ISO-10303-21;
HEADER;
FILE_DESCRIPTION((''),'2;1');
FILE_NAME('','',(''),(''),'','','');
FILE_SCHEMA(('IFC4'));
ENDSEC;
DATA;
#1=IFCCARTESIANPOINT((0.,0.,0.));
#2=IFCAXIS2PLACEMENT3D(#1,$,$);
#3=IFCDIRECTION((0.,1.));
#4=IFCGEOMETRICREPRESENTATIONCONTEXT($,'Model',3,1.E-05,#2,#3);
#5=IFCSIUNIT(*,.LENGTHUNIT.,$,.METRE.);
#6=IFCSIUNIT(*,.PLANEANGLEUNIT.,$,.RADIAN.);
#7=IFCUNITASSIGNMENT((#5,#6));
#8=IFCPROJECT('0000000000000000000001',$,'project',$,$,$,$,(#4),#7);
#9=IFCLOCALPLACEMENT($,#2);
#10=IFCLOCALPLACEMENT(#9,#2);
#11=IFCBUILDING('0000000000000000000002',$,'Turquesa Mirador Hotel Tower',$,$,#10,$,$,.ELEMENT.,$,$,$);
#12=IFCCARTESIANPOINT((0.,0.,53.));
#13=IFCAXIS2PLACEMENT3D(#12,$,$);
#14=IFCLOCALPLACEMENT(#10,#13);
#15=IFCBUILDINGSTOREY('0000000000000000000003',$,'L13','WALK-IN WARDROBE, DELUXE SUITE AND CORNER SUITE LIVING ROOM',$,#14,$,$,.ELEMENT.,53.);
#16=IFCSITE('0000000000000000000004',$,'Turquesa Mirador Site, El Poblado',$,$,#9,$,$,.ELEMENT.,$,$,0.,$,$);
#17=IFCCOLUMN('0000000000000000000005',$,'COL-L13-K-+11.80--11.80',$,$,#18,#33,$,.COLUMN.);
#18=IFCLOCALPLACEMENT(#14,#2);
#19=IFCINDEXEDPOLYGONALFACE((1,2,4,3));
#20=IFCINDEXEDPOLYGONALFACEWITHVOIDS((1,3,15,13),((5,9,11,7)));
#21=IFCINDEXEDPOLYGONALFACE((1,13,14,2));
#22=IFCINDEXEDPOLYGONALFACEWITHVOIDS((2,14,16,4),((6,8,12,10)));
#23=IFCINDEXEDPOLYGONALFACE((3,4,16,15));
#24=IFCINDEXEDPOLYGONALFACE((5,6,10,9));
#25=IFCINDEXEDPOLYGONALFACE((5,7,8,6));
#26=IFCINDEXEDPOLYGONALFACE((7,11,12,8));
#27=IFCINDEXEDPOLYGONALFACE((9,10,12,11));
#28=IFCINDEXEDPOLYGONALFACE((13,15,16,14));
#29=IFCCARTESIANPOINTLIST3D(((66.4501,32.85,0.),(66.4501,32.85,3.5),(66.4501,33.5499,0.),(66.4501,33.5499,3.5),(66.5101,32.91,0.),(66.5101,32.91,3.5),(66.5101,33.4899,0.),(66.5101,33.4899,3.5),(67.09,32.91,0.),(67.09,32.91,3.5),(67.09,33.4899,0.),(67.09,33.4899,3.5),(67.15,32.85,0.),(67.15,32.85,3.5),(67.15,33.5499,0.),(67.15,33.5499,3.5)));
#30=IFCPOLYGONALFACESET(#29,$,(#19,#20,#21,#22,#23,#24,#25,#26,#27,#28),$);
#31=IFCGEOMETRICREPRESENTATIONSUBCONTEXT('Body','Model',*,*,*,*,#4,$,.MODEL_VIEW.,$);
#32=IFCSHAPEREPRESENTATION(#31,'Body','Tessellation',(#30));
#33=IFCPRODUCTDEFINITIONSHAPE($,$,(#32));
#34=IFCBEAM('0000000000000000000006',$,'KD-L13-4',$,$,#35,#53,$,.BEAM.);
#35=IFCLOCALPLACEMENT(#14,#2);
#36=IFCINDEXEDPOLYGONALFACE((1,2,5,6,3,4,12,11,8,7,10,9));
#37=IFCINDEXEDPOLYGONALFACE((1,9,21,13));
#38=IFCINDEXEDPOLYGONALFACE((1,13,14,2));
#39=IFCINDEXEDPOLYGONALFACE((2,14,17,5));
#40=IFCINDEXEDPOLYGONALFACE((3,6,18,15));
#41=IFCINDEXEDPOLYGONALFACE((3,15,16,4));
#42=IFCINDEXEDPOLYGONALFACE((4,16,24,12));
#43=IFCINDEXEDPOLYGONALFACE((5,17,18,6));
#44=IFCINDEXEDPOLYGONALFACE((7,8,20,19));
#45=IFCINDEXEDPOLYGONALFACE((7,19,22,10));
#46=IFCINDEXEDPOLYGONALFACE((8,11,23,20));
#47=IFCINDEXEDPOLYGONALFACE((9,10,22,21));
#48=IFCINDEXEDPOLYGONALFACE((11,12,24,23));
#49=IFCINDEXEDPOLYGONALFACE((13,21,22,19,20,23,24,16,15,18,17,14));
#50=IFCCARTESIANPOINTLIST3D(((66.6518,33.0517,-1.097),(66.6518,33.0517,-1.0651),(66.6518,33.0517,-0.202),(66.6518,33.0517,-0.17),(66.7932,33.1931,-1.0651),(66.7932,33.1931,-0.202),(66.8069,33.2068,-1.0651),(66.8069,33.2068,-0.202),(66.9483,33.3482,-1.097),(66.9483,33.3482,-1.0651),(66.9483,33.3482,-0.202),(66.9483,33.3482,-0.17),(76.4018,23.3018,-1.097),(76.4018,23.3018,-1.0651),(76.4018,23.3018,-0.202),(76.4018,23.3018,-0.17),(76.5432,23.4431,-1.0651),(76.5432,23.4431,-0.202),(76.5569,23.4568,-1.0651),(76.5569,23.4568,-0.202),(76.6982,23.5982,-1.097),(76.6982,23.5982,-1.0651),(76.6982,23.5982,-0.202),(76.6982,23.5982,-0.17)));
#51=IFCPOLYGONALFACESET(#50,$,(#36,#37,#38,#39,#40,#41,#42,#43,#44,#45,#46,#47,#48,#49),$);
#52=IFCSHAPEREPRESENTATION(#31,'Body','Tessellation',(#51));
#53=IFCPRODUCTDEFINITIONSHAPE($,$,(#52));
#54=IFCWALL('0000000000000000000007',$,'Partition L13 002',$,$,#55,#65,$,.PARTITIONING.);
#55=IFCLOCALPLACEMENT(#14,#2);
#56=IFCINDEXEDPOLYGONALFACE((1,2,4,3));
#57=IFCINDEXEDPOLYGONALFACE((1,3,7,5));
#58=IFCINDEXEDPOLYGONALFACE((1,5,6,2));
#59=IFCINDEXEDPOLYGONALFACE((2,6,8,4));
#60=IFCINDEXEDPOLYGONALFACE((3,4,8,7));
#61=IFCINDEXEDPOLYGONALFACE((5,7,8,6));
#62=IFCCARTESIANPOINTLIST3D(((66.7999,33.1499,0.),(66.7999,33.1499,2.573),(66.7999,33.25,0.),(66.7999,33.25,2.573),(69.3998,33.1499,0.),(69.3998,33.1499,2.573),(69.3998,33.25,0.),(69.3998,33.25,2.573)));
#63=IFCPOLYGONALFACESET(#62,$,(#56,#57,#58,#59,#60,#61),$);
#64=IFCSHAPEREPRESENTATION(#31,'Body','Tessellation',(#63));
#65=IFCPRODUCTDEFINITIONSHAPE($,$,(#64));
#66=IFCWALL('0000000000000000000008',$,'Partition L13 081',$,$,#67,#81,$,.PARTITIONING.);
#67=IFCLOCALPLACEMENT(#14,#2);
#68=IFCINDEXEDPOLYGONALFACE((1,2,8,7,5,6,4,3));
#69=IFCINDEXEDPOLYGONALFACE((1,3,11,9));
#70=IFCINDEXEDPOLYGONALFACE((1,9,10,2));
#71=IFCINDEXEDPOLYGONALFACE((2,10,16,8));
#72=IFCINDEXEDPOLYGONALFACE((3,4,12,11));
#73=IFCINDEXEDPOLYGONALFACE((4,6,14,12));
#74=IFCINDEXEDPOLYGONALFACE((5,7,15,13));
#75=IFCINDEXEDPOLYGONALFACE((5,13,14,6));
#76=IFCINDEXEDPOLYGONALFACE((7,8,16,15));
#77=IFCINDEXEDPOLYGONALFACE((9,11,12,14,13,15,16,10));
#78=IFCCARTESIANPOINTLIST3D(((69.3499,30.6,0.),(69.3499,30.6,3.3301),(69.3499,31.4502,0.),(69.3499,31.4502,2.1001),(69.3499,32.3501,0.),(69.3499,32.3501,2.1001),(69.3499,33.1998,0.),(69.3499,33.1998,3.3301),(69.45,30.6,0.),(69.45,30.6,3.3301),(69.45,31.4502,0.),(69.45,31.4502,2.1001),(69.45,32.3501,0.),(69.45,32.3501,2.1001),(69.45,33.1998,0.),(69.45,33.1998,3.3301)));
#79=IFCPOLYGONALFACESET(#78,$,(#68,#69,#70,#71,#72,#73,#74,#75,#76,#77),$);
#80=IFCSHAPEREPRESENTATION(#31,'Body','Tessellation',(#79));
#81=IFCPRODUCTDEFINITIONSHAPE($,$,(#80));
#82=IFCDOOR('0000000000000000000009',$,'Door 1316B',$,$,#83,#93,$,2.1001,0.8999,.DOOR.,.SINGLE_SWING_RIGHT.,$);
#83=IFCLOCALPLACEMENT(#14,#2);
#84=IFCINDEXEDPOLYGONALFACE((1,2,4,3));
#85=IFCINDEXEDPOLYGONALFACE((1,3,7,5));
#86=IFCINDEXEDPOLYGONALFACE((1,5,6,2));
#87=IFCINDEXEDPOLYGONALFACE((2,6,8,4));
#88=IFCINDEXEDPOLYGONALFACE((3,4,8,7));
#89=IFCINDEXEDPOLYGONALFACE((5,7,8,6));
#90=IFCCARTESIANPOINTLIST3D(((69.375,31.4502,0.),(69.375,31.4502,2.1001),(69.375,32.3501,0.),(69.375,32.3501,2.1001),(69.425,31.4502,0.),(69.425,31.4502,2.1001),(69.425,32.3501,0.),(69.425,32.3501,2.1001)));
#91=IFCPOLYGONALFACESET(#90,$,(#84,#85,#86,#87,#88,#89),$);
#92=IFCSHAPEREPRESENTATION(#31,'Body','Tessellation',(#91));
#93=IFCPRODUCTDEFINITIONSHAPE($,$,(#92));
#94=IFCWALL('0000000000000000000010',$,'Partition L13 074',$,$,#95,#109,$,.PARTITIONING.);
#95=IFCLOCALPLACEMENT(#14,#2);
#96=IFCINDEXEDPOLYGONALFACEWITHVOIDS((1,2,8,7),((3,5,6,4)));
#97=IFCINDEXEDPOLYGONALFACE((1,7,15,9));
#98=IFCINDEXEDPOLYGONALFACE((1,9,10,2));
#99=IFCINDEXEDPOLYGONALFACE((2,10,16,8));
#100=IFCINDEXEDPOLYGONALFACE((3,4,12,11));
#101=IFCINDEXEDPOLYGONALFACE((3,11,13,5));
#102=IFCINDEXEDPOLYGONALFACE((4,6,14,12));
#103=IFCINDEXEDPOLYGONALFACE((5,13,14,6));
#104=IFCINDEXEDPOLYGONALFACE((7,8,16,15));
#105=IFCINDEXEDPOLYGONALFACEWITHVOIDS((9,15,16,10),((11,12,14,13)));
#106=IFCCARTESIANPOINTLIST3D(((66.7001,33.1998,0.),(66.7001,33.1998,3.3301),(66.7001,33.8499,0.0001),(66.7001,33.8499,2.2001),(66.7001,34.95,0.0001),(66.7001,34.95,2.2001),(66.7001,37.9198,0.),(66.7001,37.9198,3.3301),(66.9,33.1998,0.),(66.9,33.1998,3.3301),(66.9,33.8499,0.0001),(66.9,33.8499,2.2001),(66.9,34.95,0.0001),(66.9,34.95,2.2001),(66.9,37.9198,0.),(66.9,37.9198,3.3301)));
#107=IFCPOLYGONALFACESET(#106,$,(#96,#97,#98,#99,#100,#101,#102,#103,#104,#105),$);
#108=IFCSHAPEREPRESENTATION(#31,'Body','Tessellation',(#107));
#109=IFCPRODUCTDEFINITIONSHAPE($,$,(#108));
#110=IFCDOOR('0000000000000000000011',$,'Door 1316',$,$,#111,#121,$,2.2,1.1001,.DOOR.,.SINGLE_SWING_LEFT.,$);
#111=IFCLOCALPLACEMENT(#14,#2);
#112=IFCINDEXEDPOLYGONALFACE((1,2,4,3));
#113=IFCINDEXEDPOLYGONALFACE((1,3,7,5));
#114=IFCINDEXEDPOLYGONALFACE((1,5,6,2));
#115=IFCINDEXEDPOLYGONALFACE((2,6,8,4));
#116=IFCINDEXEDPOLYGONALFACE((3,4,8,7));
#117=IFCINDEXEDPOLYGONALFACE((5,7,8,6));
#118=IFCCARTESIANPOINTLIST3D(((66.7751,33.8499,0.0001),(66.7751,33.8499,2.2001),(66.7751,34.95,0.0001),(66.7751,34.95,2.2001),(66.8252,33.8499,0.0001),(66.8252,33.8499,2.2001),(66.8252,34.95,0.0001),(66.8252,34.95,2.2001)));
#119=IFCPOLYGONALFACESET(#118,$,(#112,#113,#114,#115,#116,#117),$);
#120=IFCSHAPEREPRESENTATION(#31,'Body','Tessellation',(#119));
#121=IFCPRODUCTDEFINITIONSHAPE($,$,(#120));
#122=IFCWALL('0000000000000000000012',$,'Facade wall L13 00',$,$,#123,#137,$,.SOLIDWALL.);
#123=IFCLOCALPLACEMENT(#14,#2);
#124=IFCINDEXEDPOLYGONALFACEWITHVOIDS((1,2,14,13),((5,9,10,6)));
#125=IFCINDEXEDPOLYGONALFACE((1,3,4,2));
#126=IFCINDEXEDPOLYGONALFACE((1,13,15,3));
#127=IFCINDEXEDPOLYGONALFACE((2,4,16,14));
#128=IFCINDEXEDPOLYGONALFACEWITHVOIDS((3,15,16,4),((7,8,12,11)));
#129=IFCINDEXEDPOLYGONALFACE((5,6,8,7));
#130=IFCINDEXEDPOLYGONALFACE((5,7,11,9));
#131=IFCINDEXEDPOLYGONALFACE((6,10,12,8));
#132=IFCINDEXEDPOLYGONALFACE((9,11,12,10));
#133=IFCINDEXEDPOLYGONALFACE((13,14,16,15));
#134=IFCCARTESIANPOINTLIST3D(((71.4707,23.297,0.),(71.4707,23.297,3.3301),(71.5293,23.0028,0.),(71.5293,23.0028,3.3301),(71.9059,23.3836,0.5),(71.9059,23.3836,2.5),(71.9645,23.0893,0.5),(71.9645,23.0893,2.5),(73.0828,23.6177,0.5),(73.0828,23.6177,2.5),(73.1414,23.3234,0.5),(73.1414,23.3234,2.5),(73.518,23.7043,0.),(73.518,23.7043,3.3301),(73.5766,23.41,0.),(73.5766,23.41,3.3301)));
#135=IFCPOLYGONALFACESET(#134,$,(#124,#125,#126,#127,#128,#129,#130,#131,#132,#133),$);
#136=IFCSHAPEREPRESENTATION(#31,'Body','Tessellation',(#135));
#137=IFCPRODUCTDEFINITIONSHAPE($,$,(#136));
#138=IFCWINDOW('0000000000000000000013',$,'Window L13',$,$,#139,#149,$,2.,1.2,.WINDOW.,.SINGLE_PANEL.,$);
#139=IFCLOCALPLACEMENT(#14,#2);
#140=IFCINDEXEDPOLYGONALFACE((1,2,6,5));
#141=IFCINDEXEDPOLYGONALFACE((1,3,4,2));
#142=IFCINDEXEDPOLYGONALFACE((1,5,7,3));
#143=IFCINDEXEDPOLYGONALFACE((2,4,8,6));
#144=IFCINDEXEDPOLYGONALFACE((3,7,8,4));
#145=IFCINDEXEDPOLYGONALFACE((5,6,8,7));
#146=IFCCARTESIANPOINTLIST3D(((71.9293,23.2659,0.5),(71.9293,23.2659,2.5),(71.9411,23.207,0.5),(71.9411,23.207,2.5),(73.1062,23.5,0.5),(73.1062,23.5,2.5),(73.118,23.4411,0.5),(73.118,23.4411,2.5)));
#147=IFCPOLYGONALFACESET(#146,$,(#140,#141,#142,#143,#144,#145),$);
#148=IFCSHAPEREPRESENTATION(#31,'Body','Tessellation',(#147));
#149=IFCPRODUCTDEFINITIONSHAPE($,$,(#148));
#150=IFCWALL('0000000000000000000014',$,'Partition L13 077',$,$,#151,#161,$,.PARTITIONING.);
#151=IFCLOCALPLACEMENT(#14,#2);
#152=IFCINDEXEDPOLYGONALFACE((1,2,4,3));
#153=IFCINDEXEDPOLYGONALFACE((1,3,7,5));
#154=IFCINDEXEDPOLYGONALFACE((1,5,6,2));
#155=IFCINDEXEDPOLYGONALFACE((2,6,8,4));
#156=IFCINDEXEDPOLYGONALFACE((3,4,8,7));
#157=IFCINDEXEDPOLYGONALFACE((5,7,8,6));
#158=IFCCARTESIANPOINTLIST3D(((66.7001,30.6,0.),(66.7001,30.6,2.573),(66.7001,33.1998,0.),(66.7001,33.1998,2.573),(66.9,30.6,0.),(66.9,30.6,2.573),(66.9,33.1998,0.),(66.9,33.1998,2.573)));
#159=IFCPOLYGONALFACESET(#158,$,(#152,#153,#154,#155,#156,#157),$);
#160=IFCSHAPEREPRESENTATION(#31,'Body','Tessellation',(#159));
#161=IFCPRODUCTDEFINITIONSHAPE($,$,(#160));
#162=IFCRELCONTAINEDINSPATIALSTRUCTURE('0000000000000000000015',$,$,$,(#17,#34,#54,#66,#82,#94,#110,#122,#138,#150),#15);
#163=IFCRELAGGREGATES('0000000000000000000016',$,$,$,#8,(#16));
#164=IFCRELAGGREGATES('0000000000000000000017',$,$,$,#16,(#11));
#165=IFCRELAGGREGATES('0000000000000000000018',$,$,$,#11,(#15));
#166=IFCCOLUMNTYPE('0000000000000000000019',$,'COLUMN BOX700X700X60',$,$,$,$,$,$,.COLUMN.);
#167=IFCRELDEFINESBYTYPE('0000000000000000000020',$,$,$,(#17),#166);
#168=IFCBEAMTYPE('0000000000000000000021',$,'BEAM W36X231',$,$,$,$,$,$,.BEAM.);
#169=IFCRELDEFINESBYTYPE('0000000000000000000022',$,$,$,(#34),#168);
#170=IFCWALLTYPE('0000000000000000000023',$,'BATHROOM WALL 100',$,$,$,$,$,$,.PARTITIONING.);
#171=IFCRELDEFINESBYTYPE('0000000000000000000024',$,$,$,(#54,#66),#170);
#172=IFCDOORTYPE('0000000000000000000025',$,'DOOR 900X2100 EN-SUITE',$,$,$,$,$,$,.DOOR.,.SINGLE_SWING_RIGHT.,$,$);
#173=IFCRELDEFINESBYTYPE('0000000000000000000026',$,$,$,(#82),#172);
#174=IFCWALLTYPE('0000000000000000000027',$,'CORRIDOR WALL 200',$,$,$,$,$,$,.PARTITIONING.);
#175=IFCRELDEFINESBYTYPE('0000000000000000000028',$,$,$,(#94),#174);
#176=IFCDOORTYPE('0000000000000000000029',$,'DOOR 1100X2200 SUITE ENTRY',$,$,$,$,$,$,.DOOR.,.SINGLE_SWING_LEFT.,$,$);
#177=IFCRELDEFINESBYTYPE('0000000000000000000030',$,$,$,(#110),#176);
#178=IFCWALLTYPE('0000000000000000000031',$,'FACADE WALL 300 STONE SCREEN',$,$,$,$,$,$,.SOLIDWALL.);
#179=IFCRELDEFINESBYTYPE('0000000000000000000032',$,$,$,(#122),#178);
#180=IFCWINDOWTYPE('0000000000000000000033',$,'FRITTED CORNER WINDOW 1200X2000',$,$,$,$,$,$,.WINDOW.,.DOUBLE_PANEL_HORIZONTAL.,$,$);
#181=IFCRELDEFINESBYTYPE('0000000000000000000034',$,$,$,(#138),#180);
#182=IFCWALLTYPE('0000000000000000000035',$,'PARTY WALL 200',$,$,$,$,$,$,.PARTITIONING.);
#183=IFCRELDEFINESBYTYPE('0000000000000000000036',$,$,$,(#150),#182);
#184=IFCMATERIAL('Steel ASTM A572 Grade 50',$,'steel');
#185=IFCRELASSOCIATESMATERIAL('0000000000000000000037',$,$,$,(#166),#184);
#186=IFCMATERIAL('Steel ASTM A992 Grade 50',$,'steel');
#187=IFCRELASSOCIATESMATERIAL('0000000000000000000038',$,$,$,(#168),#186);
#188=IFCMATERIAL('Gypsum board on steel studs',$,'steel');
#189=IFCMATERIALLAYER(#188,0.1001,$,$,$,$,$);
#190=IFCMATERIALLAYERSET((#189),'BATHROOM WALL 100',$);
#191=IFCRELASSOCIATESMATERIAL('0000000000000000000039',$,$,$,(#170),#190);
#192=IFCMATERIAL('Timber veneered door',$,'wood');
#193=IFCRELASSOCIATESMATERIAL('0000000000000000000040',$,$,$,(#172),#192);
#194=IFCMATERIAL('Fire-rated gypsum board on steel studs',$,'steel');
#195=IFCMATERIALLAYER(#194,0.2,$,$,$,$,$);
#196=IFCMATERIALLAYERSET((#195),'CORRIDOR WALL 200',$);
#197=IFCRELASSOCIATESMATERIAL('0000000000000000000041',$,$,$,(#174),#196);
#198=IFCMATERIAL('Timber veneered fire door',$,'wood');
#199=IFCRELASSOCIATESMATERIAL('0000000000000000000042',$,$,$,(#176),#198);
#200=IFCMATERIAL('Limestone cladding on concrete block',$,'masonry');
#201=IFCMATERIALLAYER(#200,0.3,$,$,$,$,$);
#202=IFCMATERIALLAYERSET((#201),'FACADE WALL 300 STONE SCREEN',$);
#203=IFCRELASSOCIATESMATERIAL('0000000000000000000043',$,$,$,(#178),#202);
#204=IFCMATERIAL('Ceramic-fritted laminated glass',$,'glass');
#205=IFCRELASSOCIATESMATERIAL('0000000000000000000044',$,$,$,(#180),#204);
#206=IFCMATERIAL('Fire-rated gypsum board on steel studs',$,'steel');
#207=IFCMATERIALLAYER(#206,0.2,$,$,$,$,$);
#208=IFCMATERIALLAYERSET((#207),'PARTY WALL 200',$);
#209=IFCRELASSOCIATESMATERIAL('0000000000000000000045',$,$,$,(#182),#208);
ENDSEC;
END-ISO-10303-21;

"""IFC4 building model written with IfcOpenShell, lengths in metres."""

from ifc_helpers import new_model, si_unit, direction, frame, frame_2d, origin, origin_2d, place, context, subcontext, project, spatial, rectangle, hollow_rectangle, i_section, extrude, material, layer, layer_set, material_profile, profile_set, type_object, element, fill, save


model = new_model("IFC4")

# Units and contexts
model_context = context("Model", 3, precision=1e-05, world=origin(), true_north=direction((0.0, 1.0)))
body_context = subcontext(model_context, "Body", "Model", "MODEL_VIEW")
ifc_project = project(units=[si_unit("LENGTHUNIT", "METRE"), si_unit("PLANEANGLEUNIT", "RADIAN")], contexts=[model_context])

# Site, building, storey
site_placement = place(None, origin())
site = spatial("IfcSite", under=ifc_project, at=site_placement, Name="Turquesa Mirador Site, El Poblado", CompositionType="ELEMENT", RefElevation=0.0)
building_placement = place(site_placement, origin())
building = spatial("IfcBuilding", under=site, at=building_placement, Name="Turquesa Mirador Hotel Tower", CompositionType="ELEMENT")
storey_placement = place(building_placement, frame((0.0, 0.0, 53.0)))
storey = spatial("IfcBuildingStorey", under=building, at=storey_placement, Name="L13", Description="WALK-IN WARDROBE, DELUXE SUITE AND CORNER SUITE LIVING ROOM", CompositionType="ELEMENT", Elevation=53.0)

# Column
ifc_material_1 = material(Name="Steel ASTM A572 Grade 50", Category="steel")
ifc_material_profile_1 = material_profile(ifc_material_1, hollow_rectangle(XDim=0.7, YDim=0.7, WallThickness=0.0601, at=origin_2d()), Name="BOX700X700X60")
ifc_profile_set_1 = profile_set([ifc_material_profile_1], Name="Steel ASTM A572 Grade 50")
column_type = type_object("IfcColumnType", Name="COLUMN BOX700X700X60", PredefinedType="COLUMN", material=ifc_profile_set_1)
column_placement = place(storey_placement, frame((66.8, 33.2, 0.0), z_axis=(0.0, 0.0, 1.0), x_axis=(1.0, 0.0, 0.0)))
element("IfcColumn", 1, at=column_placement, inside=storey, type_object=column_type, Name="COL-L13-K-+11.80--11.80", PredefinedType="COLUMN", context=body_context, shape_type="SweptSolid", body=[
    extrude(hollow_rectangle(XDim=0.7, YDim=0.7, WallThickness=0.0601, at=origin_2d()), origin(), (0.0, 0.0, 1.0), 3.5),
])

# Beam
ifc_material_2 = material(Name="Steel ASTM A992 Grade 50", Category="steel")
ifc_material_profile_2 = material_profile(ifc_material_2, i_section(OverallWidth=0.4192, OverallDepth=0.927, WebThickness=0.0193, FlangeThickness=0.032, at=origin_2d()), Name="W36X231")
ifc_profile_set_2 = profile_set([ifc_material_profile_2], Name="Steel ASTM A992 Grade 50")
beam_type = type_object("IfcBeamType", Name="BEAM W36X231", PredefinedType="BEAM", material=ifc_profile_set_2)
beam_placement = place(storey_placement, frame((66.8, 33.2, -0.6335), z_axis=(0.707107, -0.707107, 0.0), x_axis=(0.707107, 0.707107, 0.0)))
element("IfcBeam", 2, at=beam_placement, inside=storey, type_object=beam_type, Name="KD-L13-4", PredefinedType="BEAM", context=body_context, shape_type="SweptSolid", body=[
    extrude(i_section(OverallWidth=0.4192, OverallDepth=0.927, WebThickness=0.0193, FlangeThickness=0.032, at=origin_2d()), origin(), (0.0, 0.0, 1.0), 13.7886),
])

# Wall
ifc_material_3 = material(Name="Gypsum board on steel studs", Category="steel")
ifc_layer_1 = layer(ifc_material_3, 0.1001)
ifc_layer_set_1 = layer_set([ifc_layer_1], Name="BATHROOM WALL 100")
wall_type_1 = type_object("IfcWallType", Name="BATHROOM WALL 100", PredefinedType="PARTITIONING", material=ifc_layer_set_1)
wall_1_placement = place(storey_placement, frame((66.8, 33.2, 0.0), z_axis=(0.0, 0.0, 1.0), x_axis=(1.0, 0.0, 0.0)))
element("IfcWall", 3, at=wall_1_placement, inside=storey, type_object=wall_type_1, Name="Partition L13 002", PredefinedType="PARTITIONING", context=body_context, shape_type="SweptSolid", body=[
    extrude(rectangle(XDim=2.5999, YDim=0.1001, at=frame_2d((1.2998, 0.0))), origin(), (0.0, 0.0, 1.0), 2.573),
])

# Walls, openings, doors
wall_2_placement = place(storey_placement, frame((69.3999, 30.6001, 0.0), z_axis=(0.0, 0.0, 1.0), x_axis=(0.0, 1.0, 0.0)))
wall_2 = element("IfcWall", 4, at=wall_2_placement, inside=storey, type_object=wall_type_1, Name="Partition L13 081", PredefinedType="PARTITIONING", context=body_context, shape_type="SweptSolid", body=[
    extrude(rectangle(XDim=2.5999, YDim=0.1001, at=frame_2d((1.2998, 0.0))), origin(), (0.0, 0.0, 1.0), 3.3301),
])
opening_1_placement = place(wall_2_placement, frame((0.8501, 0.0, 0.0)))
opening_1 = element("IfcOpeningElement", 5, at=opening_1_placement, cuts=wall_2, PredefinedType="OPENING", context=body_context, shape_type="SweptSolid", body=[
    extrude(rectangle(XDim=0.8999, YDim=2.1001, at=frame_2d((0.45, 1.05))), frame((0.0, 0.0601, 0.0), z_axis=(0.0, -1.0, 0.0), x_axis=(1.0, 0.0, 0.0)), (0.0, 0.0, 1.0), 0.1201),
])
ifc_material_4 = material(Name="Timber veneered door", Category="wood")
door_type_1 = type_object("IfcDoorType", Name="DOOR 900X2100 EN-SUITE", OperationType="SINGLE_SWING_RIGHT", PredefinedType="DOOR", material=ifc_material_4)
door_1_placement = place(opening_1_placement, origin())
door_1 = element("IfcDoor", 6, at=door_1_placement, inside=storey, type_object=door_type_1, Name="Door 1316B", OperationType="SINGLE_SWING_RIGHT", OverallHeight=2.1001, OverallWidth=0.8999, PredefinedType="DOOR", context=body_context, shape_type="SweptSolid", body=[
    extrude(rectangle(XDim=0.8999, YDim=2.1001, at=frame_2d((0.45, 1.05))), frame((0.0, 0.0249, 0.0), z_axis=(0.0, -1.0, 0.0), x_axis=(1.0, 0.0, 0.0)), (0.0, 0.0, 1.0), 0.05),
])
fill(opening_1, door_1)
ifc_material_5 = material(Name="Fire-rated gypsum board on steel studs", Category="steel")
ifc_layer_2 = layer(ifc_material_5, 0.2)
ifc_layer_set_2 = layer_set([ifc_layer_2], Name="CORRIDOR WALL 200")
wall_type_2 = type_object("IfcWallType", Name="CORRIDOR WALL 200", PredefinedType="PARTITIONING", material=ifc_layer_set_2)
wall_3_placement = place(storey_placement, frame((66.8, 33.2, 0.0), z_axis=(0.0, 0.0, 1.0), x_axis=(0.0, 1.0, 0.0)))
wall_3 = element("IfcWall", 7, at=wall_3_placement, inside=storey, type_object=wall_type_2, Name="Partition L13 074", PredefinedType="PARTITIONING", context=body_context, shape_type="SweptSolid", body=[
    extrude(rectangle(XDim=4.72, YDim=0.2, at=frame_2d((2.3599, 0.0))), origin(), (0.0, 0.0, 1.0), 3.3301),
])
opening_2_placement = place(wall_3_placement, frame((0.6499, 0.0, 0.0)))
opening_2 = element("IfcOpeningElement", 8, at=opening_2_placement, cuts=wall_3, PredefinedType="OPENING", context=body_context, shape_type="SweptSolid", body=[
    extrude(rectangle(XDim=1.1001, YDim=2.2, at=frame_2d((0.55, 1.1001))), frame((0.0, 0.1099, 0.0), z_axis=(0.0, -1.0, 0.0), x_axis=(1.0, 0.0, 0.0)), (0.0, 0.0, 1.0), 0.22),
])
ifc_material_6 = material(Name="Timber veneered fire door", Category="wood")
door_type_2 = type_object("IfcDoorType", Name="DOOR 1100X2200 SUITE ENTRY", OperationType="SINGLE_SWING_LEFT", PredefinedType="DOOR", material=ifc_material_6)
door_2_placement = place(opening_2_placement, origin())
door_2 = element("IfcDoor", 9, at=door_2_placement, inside=storey, type_object=door_type_2, Name="Door 1316", OperationType="SINGLE_SWING_LEFT", OverallHeight=2.2, OverallWidth=1.1001, PredefinedType="DOOR", context=body_context, shape_type="SweptSolid", body=[
    extrude(rectangle(XDim=1.1001, YDim=2.2, at=frame_2d((0.55, 1.1001))), frame((0.0, 0.0249, 0.0), z_axis=(0.0, -1.0, 0.0), x_axis=(1.0, 0.0, 0.0)), (0.0, 0.0, 1.0), 0.05),
])
fill(opening_2, door_2)

# Wall, opening, window
ifc_material_7 = material(Name="Limestone cladding on concrete block", Category="masonry")
ifc_layer_3 = layer(ifc_material_7, 0.3)
ifc_layer_set_3 = layer_set([ifc_layer_3], Name="FACADE WALL 300 STONE SCREEN")
wall_type_3 = type_object("IfcWallType", Name="FACADE WALL 300 STONE SCREEN", PredefinedType="SOLIDWALL", material=ifc_layer_set_3)
wall_4_placement = place(storey_placement, frame((71.5, 23.1499, 0.0), z_axis=(0.0, 0.0, 1.0), x_axis=(0.980787, 0.195081, 0.0)))
wall_4 = element("IfcWall", 10, at=wall_4_placement, inside=storey, type_object=wall_type_3, Name="Facade wall L13 00", PredefinedType="SOLIDWALL", context=body_context, shape_type="SweptSolid", body=[
    extrude(rectangle(XDim=2.0874, YDim=0.3, at=frame_2d((1.0437, 0.0))), origin(), (0.0, 0.0, 1.0), 3.3301),
])
opening_3_placement = place(wall_4_placement, frame((0.4436, 0.0, 0.5)))
opening_3 = element("IfcOpeningElement", 11, at=opening_3_placement, cuts=wall_4, PredefinedType="OPENING", context=body_context, shape_type="SweptSolid", body=[
    extrude(rectangle(XDim=1.2, YDim=2.0, at=frame_2d((0.6001, 1.0))), frame((0.0, 0.1599, 0.0), z_axis=(0.0, -1.0, 0.0), x_axis=(1.0, 0.0, 0.0)), (0.0, 0.0, 1.0), 0.3201),
])
ifc_material_8 = material(Name="Ceramic-fritted laminated glass", Category="glass")
window_type = type_object("IfcWindowType", Name="FRITTED CORNER WINDOW 1200X2000", PartitioningType="DOUBLE_PANEL_HORIZONTAL", PredefinedType="WINDOW", material=ifc_material_8)
window_placement = place(opening_3_placement, origin())
window = element("IfcWindow", 12, at=window_placement, inside=storey, type_object=window_type, Name="Window L13", OverallHeight=2.0, OverallWidth=1.2, PartitioningType="SINGLE_PANEL", PredefinedType="WINDOW", context=body_context, shape_type="SweptSolid", body=[
    extrude(rectangle(XDim=1.2, YDim=2.0, at=frame_2d((0.6001, 1.0))), frame((0.0, 0.03, 0.0), z_axis=(0.0, -1.0, 0.0), x_axis=(1.0, 0.0, 0.0)), (0.0, 0.0, 1.0), 0.0601),
])
fill(opening_3, window)

# Wall
ifc_material_9 = material(Name="Fire-rated gypsum board on steel studs", Category="steel")
ifc_layer_4 = layer(ifc_material_9, 0.2)
ifc_layer_set_4 = layer_set([ifc_layer_4], Name="PARTY WALL 200")
wall_type_4 = type_object("IfcWallType", Name="PARTY WALL 200", PredefinedType="PARTITIONING", material=ifc_layer_set_4)
wall_5_placement = place(storey_placement, frame((66.8, 30.6001, 0.0), z_axis=(0.0, 0.0, 1.0), x_axis=(0.0, 1.0, 0.0)))
element("IfcWall", 13, at=wall_5_placement, inside=storey, type_object=wall_type_4, Name="Partition L13 077", PredefinedType="PARTITIONING", context=body_context, shape_type="SweptSolid", body=[
    extrude(rectangle(XDim=2.5999, YDim=0.2, at=frame_2d((1.2998, 0.0))), origin(), (0.0, 0.0, 1.0), 2.573),
])

save(model, "model.ifc")
